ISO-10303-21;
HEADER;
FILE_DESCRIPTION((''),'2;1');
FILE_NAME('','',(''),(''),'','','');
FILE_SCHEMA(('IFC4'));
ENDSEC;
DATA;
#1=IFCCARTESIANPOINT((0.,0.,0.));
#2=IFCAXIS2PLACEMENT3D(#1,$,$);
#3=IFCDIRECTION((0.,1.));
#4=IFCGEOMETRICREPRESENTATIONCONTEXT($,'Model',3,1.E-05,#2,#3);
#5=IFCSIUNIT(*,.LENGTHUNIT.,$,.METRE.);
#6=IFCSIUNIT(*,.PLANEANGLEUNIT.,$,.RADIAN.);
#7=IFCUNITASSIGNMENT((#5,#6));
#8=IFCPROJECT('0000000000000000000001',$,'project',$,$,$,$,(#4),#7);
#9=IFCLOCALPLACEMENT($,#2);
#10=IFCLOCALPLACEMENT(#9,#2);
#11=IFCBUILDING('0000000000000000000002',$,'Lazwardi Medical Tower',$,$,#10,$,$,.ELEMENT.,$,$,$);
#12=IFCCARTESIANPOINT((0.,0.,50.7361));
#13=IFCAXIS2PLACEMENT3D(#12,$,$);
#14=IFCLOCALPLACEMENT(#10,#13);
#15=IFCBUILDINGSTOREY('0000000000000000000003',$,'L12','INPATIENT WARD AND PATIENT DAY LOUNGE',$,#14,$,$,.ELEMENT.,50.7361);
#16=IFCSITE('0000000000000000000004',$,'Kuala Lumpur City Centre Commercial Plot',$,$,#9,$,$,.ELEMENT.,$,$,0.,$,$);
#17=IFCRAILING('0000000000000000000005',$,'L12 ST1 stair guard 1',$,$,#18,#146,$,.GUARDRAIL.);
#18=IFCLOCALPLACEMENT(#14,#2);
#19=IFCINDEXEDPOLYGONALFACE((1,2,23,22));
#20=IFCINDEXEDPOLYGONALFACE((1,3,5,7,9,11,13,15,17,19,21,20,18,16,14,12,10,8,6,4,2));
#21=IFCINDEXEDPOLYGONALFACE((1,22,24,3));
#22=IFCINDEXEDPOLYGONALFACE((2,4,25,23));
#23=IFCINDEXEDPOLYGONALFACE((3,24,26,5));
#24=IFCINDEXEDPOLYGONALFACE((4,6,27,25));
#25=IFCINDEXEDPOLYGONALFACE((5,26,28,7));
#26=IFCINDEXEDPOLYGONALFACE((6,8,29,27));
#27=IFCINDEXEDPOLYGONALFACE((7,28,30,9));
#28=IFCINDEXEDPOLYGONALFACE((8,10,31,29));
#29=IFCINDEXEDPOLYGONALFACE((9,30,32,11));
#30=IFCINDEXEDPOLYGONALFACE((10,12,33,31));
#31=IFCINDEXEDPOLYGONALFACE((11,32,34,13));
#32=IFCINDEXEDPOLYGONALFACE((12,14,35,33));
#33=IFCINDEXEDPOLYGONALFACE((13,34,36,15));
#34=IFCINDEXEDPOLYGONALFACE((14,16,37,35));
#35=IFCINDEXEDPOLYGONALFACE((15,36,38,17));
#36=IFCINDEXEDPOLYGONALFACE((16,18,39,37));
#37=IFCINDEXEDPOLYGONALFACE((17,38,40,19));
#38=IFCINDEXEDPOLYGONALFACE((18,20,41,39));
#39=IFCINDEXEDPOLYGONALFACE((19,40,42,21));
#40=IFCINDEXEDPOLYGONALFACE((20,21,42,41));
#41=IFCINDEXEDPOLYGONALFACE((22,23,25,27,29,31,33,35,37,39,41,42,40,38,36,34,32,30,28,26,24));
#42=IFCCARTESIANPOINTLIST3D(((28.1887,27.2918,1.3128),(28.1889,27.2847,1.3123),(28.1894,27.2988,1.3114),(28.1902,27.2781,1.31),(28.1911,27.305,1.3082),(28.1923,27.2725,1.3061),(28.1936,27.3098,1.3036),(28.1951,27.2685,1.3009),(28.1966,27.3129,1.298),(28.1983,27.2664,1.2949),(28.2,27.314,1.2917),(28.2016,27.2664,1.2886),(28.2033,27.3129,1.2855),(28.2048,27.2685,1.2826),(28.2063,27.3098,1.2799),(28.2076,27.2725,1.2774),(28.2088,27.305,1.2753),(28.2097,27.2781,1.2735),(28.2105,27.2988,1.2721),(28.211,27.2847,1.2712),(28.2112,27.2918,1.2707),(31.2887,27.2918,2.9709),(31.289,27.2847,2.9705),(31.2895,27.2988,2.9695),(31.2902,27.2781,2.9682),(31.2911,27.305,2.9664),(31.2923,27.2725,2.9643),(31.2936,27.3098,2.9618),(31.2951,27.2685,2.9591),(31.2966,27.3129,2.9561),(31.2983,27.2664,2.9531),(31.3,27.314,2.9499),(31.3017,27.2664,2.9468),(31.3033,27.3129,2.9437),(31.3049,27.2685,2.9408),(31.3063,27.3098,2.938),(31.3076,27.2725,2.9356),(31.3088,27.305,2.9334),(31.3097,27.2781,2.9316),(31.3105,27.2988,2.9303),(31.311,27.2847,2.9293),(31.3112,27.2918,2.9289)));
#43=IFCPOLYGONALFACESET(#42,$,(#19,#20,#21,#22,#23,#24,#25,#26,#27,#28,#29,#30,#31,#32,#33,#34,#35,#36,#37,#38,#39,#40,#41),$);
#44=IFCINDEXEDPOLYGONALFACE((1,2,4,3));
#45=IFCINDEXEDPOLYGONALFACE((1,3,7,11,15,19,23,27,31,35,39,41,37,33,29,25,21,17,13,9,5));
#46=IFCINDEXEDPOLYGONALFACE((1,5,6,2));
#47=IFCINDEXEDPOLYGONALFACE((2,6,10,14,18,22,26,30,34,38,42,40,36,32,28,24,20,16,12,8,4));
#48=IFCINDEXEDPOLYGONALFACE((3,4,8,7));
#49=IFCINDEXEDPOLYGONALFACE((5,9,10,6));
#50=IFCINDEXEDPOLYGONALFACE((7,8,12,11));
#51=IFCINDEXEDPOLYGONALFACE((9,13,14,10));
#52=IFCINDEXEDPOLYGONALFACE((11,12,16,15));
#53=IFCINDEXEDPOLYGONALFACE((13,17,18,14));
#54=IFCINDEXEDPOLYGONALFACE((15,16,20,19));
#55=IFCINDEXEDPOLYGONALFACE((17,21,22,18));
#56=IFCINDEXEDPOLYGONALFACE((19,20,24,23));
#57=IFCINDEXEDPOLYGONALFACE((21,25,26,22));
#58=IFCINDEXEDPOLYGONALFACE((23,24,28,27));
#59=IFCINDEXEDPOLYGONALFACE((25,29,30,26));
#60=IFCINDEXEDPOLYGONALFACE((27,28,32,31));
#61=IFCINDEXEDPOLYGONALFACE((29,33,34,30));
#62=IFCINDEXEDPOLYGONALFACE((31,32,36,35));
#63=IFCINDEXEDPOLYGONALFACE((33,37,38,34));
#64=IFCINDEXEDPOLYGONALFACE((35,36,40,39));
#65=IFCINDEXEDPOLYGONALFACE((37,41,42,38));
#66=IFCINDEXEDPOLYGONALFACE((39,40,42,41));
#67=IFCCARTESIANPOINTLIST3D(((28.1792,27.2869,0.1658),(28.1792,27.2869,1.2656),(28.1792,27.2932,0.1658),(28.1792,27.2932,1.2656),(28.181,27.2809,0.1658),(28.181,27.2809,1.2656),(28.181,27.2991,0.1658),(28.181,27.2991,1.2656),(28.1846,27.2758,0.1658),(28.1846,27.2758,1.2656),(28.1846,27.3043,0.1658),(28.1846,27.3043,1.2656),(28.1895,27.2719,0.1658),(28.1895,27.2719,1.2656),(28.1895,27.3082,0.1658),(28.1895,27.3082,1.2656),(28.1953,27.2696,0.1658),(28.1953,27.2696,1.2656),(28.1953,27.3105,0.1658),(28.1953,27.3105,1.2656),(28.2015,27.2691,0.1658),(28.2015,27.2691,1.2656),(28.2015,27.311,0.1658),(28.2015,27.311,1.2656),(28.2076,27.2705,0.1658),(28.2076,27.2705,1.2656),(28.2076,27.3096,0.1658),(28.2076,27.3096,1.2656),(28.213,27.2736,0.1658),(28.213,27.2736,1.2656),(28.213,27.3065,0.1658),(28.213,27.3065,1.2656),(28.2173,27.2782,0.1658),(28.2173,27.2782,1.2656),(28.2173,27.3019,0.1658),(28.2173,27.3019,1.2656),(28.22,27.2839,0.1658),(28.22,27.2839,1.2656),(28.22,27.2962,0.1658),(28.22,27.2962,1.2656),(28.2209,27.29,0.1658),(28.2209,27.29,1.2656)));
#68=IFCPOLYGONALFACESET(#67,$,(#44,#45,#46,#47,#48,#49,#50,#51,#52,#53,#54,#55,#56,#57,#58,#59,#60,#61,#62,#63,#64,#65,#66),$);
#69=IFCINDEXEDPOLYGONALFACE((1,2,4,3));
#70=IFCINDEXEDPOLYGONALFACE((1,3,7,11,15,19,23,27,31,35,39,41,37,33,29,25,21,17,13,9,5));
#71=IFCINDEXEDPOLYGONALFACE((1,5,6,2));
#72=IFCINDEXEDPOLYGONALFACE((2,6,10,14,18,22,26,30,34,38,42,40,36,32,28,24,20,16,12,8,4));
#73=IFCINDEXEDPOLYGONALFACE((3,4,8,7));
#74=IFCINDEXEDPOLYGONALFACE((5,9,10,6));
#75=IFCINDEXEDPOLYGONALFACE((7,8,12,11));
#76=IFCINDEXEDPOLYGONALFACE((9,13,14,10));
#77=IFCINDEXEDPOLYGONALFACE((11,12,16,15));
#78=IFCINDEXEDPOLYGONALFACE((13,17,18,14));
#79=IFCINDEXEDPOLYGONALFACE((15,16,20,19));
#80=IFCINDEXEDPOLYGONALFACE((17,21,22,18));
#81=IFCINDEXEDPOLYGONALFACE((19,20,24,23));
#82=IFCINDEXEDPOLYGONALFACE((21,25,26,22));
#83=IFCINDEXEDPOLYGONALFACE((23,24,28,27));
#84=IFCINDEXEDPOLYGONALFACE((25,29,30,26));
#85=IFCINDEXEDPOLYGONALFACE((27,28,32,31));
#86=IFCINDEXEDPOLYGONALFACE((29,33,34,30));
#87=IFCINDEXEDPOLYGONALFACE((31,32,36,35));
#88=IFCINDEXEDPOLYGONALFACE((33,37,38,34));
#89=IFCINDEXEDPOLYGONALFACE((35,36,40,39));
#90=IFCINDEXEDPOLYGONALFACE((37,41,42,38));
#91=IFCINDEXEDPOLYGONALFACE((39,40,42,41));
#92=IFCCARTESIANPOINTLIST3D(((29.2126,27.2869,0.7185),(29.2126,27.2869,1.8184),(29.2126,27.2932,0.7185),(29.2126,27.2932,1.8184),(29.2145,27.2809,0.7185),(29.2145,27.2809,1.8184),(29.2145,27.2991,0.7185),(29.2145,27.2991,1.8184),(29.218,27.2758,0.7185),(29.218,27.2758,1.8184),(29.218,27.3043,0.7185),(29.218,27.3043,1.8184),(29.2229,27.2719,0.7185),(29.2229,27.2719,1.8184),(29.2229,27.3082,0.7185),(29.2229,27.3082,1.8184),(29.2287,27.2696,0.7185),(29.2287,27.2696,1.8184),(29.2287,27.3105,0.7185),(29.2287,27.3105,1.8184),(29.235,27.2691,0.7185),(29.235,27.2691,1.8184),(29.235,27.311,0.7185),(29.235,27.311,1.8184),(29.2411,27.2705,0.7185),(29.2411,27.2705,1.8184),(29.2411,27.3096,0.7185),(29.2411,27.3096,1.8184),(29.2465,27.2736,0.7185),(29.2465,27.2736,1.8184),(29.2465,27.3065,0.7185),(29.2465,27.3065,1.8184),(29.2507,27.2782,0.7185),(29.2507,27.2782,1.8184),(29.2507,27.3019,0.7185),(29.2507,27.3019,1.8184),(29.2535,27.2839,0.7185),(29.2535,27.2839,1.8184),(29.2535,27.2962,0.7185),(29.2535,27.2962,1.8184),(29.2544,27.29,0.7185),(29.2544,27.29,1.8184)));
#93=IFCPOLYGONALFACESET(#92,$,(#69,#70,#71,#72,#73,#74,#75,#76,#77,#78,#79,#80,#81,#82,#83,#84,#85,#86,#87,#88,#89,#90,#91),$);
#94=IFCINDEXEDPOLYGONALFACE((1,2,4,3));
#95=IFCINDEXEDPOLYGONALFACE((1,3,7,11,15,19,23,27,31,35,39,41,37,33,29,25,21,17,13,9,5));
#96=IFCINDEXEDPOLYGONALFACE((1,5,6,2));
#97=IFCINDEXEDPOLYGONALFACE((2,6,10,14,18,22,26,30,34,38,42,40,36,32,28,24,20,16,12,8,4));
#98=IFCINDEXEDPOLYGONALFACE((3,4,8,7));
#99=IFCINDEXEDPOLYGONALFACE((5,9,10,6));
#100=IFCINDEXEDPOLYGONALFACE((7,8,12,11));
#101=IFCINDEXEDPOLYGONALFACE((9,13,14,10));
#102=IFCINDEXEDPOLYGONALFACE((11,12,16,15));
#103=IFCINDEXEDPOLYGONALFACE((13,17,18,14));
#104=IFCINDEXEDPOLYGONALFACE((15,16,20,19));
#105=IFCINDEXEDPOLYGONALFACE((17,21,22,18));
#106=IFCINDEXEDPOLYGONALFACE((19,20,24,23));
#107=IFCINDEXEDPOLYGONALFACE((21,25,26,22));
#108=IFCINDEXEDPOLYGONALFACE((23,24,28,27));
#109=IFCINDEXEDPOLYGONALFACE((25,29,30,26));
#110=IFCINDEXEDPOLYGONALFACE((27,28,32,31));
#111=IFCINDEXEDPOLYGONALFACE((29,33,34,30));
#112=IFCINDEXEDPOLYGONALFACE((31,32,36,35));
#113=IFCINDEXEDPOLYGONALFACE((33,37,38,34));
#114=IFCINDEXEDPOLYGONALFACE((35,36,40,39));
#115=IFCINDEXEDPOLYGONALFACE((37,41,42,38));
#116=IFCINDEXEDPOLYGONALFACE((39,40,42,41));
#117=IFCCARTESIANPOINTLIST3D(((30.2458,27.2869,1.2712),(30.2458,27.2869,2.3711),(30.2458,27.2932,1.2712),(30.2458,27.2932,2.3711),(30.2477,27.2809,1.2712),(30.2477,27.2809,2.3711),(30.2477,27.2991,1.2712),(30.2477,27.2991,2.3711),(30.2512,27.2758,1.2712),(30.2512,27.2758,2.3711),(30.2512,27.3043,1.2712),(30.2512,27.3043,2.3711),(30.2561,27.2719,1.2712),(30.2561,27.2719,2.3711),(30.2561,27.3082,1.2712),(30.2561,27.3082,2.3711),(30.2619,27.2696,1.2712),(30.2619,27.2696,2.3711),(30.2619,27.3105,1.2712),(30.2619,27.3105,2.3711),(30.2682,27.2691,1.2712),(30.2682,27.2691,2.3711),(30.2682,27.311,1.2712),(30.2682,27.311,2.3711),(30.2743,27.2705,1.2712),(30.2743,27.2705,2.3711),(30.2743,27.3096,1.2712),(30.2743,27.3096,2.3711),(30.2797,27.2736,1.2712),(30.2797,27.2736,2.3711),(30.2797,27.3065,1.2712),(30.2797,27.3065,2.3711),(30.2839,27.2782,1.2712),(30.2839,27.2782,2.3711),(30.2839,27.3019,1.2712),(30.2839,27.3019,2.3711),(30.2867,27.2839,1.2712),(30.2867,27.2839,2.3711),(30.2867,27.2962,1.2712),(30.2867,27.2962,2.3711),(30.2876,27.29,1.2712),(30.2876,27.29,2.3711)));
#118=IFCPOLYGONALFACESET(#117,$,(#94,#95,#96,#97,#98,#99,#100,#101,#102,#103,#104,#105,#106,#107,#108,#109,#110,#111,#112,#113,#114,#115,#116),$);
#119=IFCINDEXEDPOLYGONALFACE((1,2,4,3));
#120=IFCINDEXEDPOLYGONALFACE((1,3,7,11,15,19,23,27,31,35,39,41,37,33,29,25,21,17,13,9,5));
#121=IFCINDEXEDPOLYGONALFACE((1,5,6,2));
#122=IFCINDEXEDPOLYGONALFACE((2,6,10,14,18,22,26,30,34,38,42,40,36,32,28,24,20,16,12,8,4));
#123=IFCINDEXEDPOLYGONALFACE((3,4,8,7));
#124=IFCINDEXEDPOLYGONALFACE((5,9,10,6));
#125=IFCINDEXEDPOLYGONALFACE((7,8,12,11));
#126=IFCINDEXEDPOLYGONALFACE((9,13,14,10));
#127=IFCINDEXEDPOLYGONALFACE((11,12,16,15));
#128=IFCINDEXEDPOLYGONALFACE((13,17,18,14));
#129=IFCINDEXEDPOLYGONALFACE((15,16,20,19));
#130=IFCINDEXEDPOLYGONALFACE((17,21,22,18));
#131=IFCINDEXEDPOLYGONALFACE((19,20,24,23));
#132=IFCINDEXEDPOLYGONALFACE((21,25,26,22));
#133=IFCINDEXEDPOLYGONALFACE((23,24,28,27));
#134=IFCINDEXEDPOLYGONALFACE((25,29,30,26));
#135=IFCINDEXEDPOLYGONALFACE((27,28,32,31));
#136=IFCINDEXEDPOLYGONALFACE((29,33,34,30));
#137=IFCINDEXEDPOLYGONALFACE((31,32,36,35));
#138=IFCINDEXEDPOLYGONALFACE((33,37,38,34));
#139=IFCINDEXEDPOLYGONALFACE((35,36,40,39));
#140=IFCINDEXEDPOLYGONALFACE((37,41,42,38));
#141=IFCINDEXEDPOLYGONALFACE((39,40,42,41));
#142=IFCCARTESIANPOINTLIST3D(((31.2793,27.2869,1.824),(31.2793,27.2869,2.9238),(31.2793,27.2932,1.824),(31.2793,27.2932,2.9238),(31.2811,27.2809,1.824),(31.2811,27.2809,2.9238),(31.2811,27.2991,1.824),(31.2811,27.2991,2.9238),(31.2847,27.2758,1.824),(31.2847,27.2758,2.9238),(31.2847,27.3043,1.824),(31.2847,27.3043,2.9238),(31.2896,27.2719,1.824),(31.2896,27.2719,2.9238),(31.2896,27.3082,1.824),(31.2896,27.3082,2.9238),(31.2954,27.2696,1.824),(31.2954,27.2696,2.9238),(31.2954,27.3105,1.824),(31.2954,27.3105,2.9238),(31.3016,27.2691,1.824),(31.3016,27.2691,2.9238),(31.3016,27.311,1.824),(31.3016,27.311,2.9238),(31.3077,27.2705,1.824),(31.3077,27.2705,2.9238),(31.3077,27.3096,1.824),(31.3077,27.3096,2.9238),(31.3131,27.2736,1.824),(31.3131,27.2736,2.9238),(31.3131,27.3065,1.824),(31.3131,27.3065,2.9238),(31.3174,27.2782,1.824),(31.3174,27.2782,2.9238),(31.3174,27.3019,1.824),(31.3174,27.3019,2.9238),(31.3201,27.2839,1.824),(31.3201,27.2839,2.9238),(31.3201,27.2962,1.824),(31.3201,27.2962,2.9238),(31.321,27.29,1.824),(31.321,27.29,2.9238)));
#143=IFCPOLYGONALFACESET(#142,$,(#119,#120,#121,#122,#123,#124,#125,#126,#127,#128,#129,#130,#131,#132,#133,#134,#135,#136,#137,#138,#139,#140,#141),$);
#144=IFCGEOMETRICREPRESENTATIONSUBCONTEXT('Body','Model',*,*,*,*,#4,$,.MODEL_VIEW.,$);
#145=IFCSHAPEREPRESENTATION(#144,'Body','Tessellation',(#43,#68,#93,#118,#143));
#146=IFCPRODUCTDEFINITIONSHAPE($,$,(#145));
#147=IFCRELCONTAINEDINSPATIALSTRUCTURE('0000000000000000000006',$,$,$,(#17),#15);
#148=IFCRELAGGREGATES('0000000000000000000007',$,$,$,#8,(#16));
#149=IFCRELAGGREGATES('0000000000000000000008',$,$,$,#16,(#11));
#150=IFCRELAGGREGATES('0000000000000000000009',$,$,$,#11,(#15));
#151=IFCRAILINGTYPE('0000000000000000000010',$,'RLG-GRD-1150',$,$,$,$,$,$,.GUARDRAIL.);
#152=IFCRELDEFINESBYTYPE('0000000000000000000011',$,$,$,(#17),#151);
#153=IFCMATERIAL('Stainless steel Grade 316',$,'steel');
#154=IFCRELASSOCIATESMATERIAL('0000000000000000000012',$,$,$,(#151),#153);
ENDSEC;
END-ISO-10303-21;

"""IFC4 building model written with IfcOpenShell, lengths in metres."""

from ifc_helpers import new_model, si_unit, direction, frame, origin, origin_2d, place, context, subcontext, project, spatial, circle, extrude, material, type_object, element, save


model = new_model("IFC4")

# Units and contexts
model_context = context("Model", 3, precision=1e-05, world=origin(), true_north=direction((0.0, 1.0)))
body_context = subcontext(model_context, "Body", "Model", "MODEL_VIEW")
ifc_project = project(units=[si_unit("LENGTHUNIT", "METRE"), si_unit("PLANEANGLEUNIT", "RADIAN")], contexts=[model_context])

# Site, building, storey
site_placement = place(None, origin())
site = spatial("IfcSite", under=ifc_project, at=site_placement, Name="Kuala Lumpur City Centre Commercial Plot", CompositionType="ELEMENT", RefElevation=0.0)
building_placement = place(site_placement, origin())
building = spatial("IfcBuilding", under=site, at=building_placement, Name="Lazwardi Medical Tower", CompositionType="ELEMENT")
storey_placement = place(building_placement, frame((0.0, 0.0, 50.7361)))
storey = spatial("IfcBuildingStorey", under=building, at=storey_placement, Name="L12", Description="INPATIENT WARD AND PATIENT DAY LOUNGE", CompositionType="ELEMENT", Elevation=50.7361)

# Railing
ifc_material_1 = material(Name="Stainless steel Grade 316", Category="steel")
railing_type_1 = type_object("IfcRailingType", Name="RLG-GRD-1150", PredefinedType="GUARDRAIL", material=ifc_material_1)
railing_1_placement = place(storey_placement, frame((28.2, 27.29, 0.1658)))
element("IfcRailing", 1, at=railing_1_placement, inside=storey, type_object=railing_type_1, Name="L12 ST1 stair guard 1", PredefinedType="GUARDRAIL", context=body_context, shape_type="SweptSolid", body=[
    extrude(circle(Radius=0.0239, at=origin_2d()), frame((0.0, 0.0, 1.126), z_axis=(0.881783, 0.0, 0.471655), x_axis=(0.0, 1.0, 0.0)), (0.0, 0.0, 1.0), 3.5156),
    extrude(circle(Radius=0.021, at=origin_2d()), origin(), (0.0, 0.0, 1.0), 1.0999),
    extrude(circle(Radius=0.021, at=origin_2d()), frame((1.0334, 0.0, 0.5527)), (0.0, 0.0, 1.0), 1.0999),
    extrude(circle(Radius=0.021, at=origin_2d()), frame((2.0667, 0.0, 1.1055)), (0.0, 0.0, 1.0), 1.0999),
    extrude(circle(Radius=0.021, at=origin_2d()), frame((3.1001, 0.0, 1.6582)), (0.0, 0.0, 1.0), 1.0999),
])

save(model, "model.ifc")
